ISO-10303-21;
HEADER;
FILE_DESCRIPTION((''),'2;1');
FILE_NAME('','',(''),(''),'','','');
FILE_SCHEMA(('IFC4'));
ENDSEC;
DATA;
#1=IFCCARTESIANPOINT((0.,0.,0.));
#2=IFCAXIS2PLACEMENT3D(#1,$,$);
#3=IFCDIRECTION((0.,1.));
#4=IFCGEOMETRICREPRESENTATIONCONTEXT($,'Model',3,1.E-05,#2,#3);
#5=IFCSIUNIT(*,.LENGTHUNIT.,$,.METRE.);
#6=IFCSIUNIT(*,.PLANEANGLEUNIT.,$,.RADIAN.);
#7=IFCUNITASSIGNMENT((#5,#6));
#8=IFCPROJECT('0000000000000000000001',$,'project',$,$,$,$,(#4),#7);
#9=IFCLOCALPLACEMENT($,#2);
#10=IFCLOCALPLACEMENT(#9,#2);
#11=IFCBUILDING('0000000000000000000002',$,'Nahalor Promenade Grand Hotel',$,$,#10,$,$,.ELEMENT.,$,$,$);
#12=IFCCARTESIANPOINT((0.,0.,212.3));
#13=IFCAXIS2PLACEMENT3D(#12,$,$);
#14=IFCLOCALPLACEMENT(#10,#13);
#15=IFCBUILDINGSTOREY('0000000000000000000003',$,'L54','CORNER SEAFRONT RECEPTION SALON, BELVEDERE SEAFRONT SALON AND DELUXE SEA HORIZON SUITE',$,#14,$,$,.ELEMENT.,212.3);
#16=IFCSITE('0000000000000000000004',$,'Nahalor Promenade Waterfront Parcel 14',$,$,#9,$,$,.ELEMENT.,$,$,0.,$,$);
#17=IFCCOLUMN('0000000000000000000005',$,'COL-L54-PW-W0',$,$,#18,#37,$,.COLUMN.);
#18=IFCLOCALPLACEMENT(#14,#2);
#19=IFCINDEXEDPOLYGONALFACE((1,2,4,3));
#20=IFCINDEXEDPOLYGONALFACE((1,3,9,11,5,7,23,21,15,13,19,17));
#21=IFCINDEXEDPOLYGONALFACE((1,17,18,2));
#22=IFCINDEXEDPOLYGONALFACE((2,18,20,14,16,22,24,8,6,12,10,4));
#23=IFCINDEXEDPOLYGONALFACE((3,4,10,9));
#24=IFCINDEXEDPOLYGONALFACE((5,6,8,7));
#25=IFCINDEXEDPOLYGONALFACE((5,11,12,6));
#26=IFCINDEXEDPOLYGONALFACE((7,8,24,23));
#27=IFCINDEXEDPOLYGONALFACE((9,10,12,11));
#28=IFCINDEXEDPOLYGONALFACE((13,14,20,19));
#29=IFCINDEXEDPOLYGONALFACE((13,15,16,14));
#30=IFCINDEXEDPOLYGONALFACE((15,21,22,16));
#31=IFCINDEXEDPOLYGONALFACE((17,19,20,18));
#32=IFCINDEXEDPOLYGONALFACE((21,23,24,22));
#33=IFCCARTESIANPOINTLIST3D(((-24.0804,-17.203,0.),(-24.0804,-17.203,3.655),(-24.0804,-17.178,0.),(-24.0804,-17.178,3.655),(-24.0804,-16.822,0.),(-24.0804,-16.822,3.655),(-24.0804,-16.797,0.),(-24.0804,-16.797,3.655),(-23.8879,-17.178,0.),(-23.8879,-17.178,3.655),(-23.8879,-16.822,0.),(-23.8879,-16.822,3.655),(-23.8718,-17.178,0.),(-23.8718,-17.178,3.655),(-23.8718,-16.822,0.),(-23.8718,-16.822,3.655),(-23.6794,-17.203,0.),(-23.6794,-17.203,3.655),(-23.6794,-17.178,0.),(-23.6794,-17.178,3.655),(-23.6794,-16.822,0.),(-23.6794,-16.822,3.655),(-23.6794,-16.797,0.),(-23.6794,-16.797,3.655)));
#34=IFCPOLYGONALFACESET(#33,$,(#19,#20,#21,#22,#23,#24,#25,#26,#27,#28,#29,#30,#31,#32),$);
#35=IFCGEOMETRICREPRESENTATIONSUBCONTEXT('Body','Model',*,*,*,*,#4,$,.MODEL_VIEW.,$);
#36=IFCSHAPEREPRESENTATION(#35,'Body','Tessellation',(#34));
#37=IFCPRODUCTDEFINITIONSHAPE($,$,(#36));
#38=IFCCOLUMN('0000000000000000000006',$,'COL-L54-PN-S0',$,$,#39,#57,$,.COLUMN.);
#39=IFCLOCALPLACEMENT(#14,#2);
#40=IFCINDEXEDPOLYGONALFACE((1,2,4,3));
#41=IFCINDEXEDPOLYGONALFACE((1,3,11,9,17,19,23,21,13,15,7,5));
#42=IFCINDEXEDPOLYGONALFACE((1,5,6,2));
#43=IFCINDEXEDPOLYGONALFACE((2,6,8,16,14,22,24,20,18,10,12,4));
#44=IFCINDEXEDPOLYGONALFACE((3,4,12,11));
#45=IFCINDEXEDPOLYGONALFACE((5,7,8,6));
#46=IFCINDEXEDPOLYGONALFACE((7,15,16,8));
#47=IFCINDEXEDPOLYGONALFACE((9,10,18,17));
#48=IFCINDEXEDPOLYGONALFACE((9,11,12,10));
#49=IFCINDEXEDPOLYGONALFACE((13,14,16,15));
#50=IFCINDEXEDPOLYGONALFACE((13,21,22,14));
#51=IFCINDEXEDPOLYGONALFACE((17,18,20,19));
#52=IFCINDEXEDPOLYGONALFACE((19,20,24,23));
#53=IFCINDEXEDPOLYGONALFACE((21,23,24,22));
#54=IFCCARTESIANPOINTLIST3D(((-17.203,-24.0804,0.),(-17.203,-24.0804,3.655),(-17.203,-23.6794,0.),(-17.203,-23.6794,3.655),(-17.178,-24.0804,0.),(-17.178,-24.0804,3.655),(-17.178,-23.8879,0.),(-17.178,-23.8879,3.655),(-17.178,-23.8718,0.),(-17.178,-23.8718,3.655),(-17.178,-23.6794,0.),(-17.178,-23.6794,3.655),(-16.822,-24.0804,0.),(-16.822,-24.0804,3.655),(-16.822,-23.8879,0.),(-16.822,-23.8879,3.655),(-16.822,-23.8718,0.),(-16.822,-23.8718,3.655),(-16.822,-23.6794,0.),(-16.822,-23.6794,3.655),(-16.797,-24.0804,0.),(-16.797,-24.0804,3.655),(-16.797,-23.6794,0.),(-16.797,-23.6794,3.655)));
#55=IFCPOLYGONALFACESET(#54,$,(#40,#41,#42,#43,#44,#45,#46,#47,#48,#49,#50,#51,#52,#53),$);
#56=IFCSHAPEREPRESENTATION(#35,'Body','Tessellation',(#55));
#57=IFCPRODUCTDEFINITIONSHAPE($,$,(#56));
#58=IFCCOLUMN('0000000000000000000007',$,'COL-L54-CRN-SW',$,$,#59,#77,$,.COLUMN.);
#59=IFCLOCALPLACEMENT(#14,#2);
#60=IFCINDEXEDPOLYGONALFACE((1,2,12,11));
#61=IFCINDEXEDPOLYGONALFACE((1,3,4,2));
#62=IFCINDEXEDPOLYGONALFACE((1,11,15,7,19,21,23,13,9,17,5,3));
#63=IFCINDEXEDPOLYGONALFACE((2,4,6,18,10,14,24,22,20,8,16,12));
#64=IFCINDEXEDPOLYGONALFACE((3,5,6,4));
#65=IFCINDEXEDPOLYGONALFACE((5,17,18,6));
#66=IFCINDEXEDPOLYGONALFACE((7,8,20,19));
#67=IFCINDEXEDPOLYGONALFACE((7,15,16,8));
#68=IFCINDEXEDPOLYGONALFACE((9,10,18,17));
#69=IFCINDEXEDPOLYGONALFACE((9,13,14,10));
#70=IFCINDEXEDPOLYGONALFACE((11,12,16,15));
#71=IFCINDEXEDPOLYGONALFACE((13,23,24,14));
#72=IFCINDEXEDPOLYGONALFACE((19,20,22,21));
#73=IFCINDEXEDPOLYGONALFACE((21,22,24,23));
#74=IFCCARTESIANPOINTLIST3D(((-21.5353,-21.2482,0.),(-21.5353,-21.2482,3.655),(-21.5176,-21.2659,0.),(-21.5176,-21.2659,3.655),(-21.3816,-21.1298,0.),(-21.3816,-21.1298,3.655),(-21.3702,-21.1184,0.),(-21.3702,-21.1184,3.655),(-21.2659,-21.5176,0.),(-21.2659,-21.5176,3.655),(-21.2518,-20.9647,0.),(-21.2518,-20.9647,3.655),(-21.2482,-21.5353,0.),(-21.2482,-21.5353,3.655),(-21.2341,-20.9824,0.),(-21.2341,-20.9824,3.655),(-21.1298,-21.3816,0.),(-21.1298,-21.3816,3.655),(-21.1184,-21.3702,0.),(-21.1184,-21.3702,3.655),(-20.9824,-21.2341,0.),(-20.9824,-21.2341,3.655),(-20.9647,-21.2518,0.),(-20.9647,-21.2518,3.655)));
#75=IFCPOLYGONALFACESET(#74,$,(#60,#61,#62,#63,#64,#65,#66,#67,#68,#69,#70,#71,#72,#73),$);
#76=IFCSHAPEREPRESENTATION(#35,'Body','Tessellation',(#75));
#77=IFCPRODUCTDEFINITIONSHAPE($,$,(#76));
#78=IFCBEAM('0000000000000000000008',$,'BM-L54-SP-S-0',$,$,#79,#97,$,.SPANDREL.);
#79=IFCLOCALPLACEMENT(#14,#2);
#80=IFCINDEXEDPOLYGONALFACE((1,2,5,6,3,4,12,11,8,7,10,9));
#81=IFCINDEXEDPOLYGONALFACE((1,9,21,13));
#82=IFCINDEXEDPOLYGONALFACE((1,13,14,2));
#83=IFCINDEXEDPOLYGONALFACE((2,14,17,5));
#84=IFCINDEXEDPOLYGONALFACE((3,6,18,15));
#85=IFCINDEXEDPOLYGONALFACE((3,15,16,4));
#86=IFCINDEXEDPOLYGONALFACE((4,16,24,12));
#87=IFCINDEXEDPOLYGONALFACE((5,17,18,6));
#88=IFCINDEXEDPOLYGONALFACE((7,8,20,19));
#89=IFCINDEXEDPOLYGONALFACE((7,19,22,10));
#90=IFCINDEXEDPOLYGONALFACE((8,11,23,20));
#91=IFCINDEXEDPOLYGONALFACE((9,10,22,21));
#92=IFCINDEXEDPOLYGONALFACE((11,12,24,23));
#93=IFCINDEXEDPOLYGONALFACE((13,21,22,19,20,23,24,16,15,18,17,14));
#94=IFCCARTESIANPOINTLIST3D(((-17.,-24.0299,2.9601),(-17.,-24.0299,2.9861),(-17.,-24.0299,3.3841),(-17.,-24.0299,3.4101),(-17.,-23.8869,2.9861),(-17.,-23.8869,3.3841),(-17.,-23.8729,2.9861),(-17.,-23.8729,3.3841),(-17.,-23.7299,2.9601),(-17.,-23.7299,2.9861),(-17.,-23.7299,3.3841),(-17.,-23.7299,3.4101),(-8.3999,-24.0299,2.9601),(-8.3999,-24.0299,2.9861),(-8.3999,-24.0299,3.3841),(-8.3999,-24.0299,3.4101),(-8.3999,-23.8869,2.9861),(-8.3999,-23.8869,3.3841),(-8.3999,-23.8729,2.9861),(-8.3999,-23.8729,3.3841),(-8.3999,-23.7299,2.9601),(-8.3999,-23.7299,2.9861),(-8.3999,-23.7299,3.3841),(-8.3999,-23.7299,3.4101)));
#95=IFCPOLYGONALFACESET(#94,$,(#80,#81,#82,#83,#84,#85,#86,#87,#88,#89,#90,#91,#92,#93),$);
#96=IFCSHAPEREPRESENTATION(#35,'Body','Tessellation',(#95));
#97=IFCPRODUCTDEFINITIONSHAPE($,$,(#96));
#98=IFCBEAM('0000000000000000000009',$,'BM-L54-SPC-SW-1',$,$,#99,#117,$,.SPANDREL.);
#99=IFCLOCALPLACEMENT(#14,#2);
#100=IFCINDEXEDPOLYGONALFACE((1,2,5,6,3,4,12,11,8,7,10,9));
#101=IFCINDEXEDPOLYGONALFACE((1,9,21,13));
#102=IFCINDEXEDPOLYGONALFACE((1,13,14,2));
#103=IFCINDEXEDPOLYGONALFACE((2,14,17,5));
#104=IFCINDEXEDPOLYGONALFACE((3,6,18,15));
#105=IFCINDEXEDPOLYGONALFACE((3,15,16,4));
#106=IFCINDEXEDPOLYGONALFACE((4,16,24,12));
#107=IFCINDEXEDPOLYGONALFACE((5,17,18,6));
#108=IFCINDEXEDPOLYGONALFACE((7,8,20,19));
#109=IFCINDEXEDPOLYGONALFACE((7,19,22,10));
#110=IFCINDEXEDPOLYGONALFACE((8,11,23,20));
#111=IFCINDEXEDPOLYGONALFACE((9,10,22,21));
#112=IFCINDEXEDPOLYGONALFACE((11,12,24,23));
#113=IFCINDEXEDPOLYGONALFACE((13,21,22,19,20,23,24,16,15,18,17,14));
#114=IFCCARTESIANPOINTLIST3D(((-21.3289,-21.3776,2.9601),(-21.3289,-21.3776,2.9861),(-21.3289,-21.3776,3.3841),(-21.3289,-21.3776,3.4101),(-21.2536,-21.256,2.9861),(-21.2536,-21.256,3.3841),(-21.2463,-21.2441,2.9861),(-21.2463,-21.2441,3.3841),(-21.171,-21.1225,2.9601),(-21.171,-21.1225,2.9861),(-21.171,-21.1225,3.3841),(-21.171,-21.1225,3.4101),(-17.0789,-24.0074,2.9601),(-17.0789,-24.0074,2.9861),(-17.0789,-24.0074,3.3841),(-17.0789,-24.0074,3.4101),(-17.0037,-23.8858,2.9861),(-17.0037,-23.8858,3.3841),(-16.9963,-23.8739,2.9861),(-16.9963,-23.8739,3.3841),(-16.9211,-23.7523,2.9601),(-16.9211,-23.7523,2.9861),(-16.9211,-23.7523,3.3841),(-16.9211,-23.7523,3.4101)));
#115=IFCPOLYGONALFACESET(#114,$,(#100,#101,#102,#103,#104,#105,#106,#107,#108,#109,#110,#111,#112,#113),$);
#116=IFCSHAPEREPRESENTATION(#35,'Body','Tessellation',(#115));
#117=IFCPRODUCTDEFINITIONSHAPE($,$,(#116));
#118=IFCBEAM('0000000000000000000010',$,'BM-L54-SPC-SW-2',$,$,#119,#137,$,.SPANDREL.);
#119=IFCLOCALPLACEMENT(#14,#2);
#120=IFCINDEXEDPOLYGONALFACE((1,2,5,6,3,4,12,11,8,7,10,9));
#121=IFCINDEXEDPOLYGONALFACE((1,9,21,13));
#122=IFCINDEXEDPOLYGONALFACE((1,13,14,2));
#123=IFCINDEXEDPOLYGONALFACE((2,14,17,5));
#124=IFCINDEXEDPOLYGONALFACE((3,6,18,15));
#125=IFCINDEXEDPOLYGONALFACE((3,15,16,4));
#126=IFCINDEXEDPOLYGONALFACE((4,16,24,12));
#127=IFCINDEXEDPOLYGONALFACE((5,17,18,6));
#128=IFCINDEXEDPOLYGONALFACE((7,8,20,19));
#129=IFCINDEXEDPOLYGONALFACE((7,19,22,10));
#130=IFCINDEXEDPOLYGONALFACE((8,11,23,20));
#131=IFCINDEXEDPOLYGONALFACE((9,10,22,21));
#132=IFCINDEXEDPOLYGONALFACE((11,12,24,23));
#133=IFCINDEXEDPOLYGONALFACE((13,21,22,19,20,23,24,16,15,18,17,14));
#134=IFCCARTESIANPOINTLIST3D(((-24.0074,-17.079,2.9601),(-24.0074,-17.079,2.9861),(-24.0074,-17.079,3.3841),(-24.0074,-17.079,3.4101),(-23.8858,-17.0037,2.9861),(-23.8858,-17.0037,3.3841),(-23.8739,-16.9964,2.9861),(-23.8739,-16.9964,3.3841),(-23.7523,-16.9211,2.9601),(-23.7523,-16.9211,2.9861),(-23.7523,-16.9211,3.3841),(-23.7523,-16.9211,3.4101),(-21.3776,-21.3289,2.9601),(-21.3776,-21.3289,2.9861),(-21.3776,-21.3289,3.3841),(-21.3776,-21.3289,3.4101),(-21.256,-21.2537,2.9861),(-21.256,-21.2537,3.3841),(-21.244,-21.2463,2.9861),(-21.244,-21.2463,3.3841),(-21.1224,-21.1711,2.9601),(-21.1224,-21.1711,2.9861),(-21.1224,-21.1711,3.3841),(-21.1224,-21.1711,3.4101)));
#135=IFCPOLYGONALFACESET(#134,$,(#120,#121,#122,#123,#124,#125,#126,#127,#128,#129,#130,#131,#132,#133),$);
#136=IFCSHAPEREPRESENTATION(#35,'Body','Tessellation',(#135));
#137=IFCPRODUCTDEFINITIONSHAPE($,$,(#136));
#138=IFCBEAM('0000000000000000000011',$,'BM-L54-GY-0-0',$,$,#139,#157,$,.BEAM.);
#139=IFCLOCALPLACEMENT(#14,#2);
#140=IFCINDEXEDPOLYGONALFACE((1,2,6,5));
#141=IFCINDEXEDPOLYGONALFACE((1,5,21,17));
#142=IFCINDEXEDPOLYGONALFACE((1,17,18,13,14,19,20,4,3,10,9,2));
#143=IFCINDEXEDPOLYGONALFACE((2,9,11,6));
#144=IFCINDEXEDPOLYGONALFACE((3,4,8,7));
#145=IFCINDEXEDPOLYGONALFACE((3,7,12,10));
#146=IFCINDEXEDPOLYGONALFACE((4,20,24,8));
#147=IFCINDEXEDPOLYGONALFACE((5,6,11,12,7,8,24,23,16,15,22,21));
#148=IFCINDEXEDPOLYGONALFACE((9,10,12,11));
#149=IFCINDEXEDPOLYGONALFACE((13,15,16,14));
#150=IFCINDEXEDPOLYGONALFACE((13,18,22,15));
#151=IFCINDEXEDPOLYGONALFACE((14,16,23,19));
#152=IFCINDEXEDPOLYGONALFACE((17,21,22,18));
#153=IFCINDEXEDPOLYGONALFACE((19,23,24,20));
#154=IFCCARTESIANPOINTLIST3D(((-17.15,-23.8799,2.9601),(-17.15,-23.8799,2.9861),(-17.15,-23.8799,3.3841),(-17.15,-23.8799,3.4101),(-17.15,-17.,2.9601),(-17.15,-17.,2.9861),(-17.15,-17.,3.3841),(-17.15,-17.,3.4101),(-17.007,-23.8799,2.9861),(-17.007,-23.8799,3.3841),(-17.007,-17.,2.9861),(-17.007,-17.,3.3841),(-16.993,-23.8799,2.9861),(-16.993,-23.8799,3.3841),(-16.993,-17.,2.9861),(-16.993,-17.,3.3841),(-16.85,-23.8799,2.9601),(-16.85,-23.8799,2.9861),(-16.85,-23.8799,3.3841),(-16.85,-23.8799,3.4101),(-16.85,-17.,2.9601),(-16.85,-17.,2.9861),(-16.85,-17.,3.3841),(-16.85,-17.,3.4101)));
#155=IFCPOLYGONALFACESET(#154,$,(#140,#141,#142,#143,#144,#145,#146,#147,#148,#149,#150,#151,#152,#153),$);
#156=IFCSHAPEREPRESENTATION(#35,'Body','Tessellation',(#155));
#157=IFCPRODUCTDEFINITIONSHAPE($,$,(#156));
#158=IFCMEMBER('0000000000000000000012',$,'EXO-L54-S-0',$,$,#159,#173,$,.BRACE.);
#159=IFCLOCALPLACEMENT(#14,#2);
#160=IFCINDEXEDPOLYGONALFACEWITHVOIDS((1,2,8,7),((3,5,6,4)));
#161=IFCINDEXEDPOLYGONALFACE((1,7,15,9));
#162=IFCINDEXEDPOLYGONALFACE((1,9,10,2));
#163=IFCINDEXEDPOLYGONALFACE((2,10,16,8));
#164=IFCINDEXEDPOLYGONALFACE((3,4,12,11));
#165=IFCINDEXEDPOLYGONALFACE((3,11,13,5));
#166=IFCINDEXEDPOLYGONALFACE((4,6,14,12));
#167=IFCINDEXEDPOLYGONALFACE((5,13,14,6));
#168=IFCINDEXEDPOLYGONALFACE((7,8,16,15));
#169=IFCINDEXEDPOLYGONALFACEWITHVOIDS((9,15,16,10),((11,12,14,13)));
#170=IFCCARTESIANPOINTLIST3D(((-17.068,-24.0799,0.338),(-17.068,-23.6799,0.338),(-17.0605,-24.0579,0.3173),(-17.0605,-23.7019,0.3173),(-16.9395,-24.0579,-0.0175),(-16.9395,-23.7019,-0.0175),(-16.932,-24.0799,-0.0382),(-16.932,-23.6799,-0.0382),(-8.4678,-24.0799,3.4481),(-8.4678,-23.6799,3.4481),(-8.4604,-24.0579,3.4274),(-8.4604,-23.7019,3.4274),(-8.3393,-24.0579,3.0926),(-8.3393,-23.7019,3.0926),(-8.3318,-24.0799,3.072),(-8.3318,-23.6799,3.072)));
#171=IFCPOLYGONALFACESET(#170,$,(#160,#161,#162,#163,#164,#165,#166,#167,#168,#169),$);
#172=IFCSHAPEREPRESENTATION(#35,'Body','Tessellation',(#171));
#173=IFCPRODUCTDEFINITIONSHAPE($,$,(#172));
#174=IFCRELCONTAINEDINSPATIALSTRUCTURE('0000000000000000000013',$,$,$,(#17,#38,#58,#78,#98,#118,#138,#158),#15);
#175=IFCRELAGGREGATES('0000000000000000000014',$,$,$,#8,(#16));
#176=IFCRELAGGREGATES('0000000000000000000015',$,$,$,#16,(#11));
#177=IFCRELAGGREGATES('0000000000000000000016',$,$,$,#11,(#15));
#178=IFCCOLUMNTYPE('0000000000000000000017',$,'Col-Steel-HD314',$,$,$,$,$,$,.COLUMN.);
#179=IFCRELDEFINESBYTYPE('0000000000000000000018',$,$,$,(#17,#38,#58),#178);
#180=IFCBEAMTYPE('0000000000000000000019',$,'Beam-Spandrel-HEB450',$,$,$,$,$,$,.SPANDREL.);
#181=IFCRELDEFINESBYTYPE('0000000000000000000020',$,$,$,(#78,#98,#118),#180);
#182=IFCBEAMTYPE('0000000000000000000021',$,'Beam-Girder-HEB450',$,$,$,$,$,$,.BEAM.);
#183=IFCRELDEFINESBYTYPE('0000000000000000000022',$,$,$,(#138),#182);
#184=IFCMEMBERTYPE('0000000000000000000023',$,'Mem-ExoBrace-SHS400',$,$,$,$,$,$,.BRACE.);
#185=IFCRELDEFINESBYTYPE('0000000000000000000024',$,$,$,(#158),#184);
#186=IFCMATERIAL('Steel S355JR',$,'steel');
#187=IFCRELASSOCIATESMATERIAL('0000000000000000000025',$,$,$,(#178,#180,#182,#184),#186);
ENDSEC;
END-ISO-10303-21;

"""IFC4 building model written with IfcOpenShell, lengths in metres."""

from ifc_helpers import new_model, si_unit, direction, frame, origin, origin_2d, place, context, subcontext, project, spatial, hollow_rectangle, i_section, extrude, source, transform, mapped, material, material_profile, profile_set, type_object, element, save


model = new_model("IFC4")

# Units and contexts
model_context = context("Model", 3, precision=1e-05, world=origin(), true_north=direction((0.0, 1.0)))
body_context = subcontext(model_context, "Body", "Model", "MODEL_VIEW")
ifc_project = project(units=[si_unit("LENGTHUNIT", "METRE"), si_unit("PLANEANGLEUNIT", "RADIAN")], contexts=[model_context])

# Site, building, storey
site_placement = place(None, origin())
site = spatial("IfcSite", under=ifc_project, at=site_placement, Name="Nahalor Promenade Waterfront Parcel 14", CompositionType="ELEMENT", RefElevation=0.0)
building_placement = place(site_placement, origin())
building = spatial("IfcBuilding", under=site, at=building_placement, Name="Nahalor Promenade Grand Hotel", CompositionType="ELEMENT")
storey_placement = place(building_placement, frame((0.0, 0.0, 212.3)))
storey = spatial("IfcBuildingStorey", under=building, at=storey_placement, Name="L54", Description="CORNER SEAFRONT RECEPTION SALON, BELVEDERE SEAFRONT SALON AND DELUXE SEA HORIZON SUITE", CompositionType="ELEMENT", Elevation=212.3)

# Columns
ifc_material_1 = material(Name="Steel S355JR", Category="steel")
ifc_material_profile_1 = material_profile(ifc_material_1, i_section(OverallWidth=0.401, OverallDepth=0.406, WebThickness=0.0161, FlangeThickness=0.025, at=origin_2d()), Name="HD 400x314")
ifc_profile_set_1 = profile_set([ifc_material_profile_1], Name="Steel S355JR")
column_type = type_object("IfcColumnType", Name="Col-Steel-HD314", PredefinedType="COLUMN", material=ifc_profile_set_1)
shared_shape_1 = source(origin(), body_context, "Body", "SweptSolid", [
    extrude(i_section(OverallWidth=0.401, OverallDepth=0.406, WebThickness=0.0161, FlangeThickness=0.025, at=origin_2d()), origin(), (0.0, 0.0, 1.0), 3.655),
])
for number, where, z_axis, x_axis, name in (
    (1, (-23.8799, -17.0, 0.0), (0.0, 0.0, 1.0), (1.0, 0.0, 0.0), "COL-L54-PW-W0"),
    (2, (-17.0, -23.8799, 0.0), (0.0, 0.0, 1.0), (0.0, 1.0, 0.0), "COL-L54-PN-S0"),
    (3, (-21.25, -21.25, 0.0), (0.0, 0.0, 1.0), (0.707107, 0.707107, 0.0), "COL-L54-CRN-SW"),
):
    element("IfcColumn", number, at=place(storey_placement, frame(where, z_axis=z_axis, x_axis=x_axis)), inside=storey, type_object=column_type, Name=name, PredefinedType="COLUMN", context=body_context, shape_type="MappedRepresentation", body=[
        mapped(shared_shape_1, transform((0.0, 0.0, 0.0), scale=1.0)),
    ])

# Beams
ifc_material_profile_2 = material_profile(ifc_material_1, i_section(OverallWidth=0.3, OverallDepth=0.45, WebThickness=0.014, FlangeThickness=0.026, at=origin_2d()), Name="HEB 450")
ifc_profile_set_2 = profile_set([ifc_material_profile_2], Name="Steel S355JR")
beam_type_1 = type_object("IfcBeamType", Name="Beam-Spandrel-HEB450", PredefinedType="SPANDREL", material=ifc_profile_set_2)
shared_shape_2 = source(origin(), body_context, "Body", "SweptSolid", [
    extrude(i_section(OverallWidth=0.3, OverallDepth=0.45, WebThickness=0.014, FlangeThickness=0.026, at=origin_2d()), origin(), (0.0, 0.0, 1.0), 8.6001),
])
beam_1_placement = place(storey_placement, frame((-17.0, -23.8799, 3.1851), z_axis=(1.0, 0.0, 0.0), x_axis=(0.0, 1.0, 0.0)))
element("IfcBeam", 4, at=beam_1_placement, inside=storey, type_object=beam_type_1, Name="BM-L54-SP-S-0", PredefinedType="SPANDREL", context=body_context, shape_type="MappedRepresentation", body=[
    mapped(shared_shape_2, transform((0.0, 0.0, 0.0), scale=1.0)),
])
shared_shape_3 = source(origin(), body_context, "Body", "SweptSolid", [
    extrude(i_section(OverallWidth=0.3, OverallDepth=0.45, WebThickness=0.014, FlangeThickness=0.026, at=origin_2d()), origin(), (0.0, 0.0, 1.0), 4.9978),
])
for number, where, z_axis, x_axis, name in (
    (5, (-17.0, -23.8799, 3.1851), (-0.850361, 0.5262, 0.0), (-0.5262, -0.850361, 0.0), "BM-L54-SPC-SW-1"),
    (6, (-21.25, -21.25, 3.1851), (-0.5262, 0.850361, 0.0), (-0.850361, -0.5262, 0.0), "BM-L54-SPC-SW-2"),
):
    element("IfcBeam", number, at=place(storey_placement, frame(where, z_axis=z_axis, x_axis=x_axis)), inside=storey, type_object=beam_type_1, Name=name, PredefinedType="SPANDREL", context=body_context, shape_type="MappedRepresentation", body=[
        mapped(shared_shape_3, transform((0.0, 0.0, 0.0), scale=1.0)),
    ])
ifc_material_profile_3 = material_profile(ifc_material_1, i_section(OverallWidth=0.3, OverallDepth=0.45, WebThickness=0.014, FlangeThickness=0.026, at=origin_2d()), Name="HEB 450")
ifc_profile_set_3 = profile_set([ifc_material_profile_3], Name="Steel S355JR")
beam_type_2 = type_object("IfcBeamType", Name="Beam-Girder-HEB450", PredefinedType="BEAM", material=ifc_profile_set_3)
shared_shape_4 = source(origin(), body_context, "Body", "SweptSolid", [
    extrude(i_section(OverallWidth=0.3, OverallDepth=0.45, WebThickness=0.014, FlangeThickness=0.026, at=origin_2d()), origin(), (0.0, 0.0, 1.0), 6.8799),
])
beam_2_placement = place(storey_placement, frame((-17.0, -23.8799, 3.1851), z_axis=(0.0, 1.0, 0.0), x_axis=(-1.0, 0.0, 0.0)))
element("IfcBeam", 7, at=beam_2_placement, inside=storey, type_object=beam_type_2, Name="BM-L54-GY-0-0", PredefinedType="BEAM", context=body_context, shape_type="MappedRepresentation", body=[
    mapped(shared_shape_4, transform((0.0, 0.0, 0.0), scale=1.0)),
])

# Member
ifc_material_profile_4 = material_profile(ifc_material_1, hollow_rectangle(XDim=0.4, YDim=0.4, WallThickness=0.022, at=origin_2d()), Name="SHS 400x400x22")
ifc_profile_set_4 = profile_set([ifc_material_profile_4], Name="Steel S355JR")
member_type_1 = type_object("IfcMemberType", Name="Mem-ExoBrace-SHS400", PredefinedType="BRACE", material=ifc_profile_set_4)
shared_shape_5 = source(origin(), body_context, "Body", "SweptSolid", [
    extrude(hollow_rectangle(XDim=0.4, YDim=0.4, WallThickness=0.022, at=origin_2d()), origin(), (0.0, 0.0, 1.0), 9.1453),
])
member_1_placement = place(storey_placement, frame((-17.0, -23.8799, 0.1499), z_axis=(0.940396, 0.0, 0.340081), x_axis=(0.0, 1.0, 0.0)))
element("IfcMember", 8, at=member_1_placement, inside=storey, type_object=member_type_1, Name="EXO-L54-S-0", PredefinedType="BRACE", context=body_context, shape_type="MappedRepresentation", body=[
    mapped(shared_shape_5, transform((0.0, 0.0, 0.0), scale=1.0)),
])

save(model, "model.ifc")
